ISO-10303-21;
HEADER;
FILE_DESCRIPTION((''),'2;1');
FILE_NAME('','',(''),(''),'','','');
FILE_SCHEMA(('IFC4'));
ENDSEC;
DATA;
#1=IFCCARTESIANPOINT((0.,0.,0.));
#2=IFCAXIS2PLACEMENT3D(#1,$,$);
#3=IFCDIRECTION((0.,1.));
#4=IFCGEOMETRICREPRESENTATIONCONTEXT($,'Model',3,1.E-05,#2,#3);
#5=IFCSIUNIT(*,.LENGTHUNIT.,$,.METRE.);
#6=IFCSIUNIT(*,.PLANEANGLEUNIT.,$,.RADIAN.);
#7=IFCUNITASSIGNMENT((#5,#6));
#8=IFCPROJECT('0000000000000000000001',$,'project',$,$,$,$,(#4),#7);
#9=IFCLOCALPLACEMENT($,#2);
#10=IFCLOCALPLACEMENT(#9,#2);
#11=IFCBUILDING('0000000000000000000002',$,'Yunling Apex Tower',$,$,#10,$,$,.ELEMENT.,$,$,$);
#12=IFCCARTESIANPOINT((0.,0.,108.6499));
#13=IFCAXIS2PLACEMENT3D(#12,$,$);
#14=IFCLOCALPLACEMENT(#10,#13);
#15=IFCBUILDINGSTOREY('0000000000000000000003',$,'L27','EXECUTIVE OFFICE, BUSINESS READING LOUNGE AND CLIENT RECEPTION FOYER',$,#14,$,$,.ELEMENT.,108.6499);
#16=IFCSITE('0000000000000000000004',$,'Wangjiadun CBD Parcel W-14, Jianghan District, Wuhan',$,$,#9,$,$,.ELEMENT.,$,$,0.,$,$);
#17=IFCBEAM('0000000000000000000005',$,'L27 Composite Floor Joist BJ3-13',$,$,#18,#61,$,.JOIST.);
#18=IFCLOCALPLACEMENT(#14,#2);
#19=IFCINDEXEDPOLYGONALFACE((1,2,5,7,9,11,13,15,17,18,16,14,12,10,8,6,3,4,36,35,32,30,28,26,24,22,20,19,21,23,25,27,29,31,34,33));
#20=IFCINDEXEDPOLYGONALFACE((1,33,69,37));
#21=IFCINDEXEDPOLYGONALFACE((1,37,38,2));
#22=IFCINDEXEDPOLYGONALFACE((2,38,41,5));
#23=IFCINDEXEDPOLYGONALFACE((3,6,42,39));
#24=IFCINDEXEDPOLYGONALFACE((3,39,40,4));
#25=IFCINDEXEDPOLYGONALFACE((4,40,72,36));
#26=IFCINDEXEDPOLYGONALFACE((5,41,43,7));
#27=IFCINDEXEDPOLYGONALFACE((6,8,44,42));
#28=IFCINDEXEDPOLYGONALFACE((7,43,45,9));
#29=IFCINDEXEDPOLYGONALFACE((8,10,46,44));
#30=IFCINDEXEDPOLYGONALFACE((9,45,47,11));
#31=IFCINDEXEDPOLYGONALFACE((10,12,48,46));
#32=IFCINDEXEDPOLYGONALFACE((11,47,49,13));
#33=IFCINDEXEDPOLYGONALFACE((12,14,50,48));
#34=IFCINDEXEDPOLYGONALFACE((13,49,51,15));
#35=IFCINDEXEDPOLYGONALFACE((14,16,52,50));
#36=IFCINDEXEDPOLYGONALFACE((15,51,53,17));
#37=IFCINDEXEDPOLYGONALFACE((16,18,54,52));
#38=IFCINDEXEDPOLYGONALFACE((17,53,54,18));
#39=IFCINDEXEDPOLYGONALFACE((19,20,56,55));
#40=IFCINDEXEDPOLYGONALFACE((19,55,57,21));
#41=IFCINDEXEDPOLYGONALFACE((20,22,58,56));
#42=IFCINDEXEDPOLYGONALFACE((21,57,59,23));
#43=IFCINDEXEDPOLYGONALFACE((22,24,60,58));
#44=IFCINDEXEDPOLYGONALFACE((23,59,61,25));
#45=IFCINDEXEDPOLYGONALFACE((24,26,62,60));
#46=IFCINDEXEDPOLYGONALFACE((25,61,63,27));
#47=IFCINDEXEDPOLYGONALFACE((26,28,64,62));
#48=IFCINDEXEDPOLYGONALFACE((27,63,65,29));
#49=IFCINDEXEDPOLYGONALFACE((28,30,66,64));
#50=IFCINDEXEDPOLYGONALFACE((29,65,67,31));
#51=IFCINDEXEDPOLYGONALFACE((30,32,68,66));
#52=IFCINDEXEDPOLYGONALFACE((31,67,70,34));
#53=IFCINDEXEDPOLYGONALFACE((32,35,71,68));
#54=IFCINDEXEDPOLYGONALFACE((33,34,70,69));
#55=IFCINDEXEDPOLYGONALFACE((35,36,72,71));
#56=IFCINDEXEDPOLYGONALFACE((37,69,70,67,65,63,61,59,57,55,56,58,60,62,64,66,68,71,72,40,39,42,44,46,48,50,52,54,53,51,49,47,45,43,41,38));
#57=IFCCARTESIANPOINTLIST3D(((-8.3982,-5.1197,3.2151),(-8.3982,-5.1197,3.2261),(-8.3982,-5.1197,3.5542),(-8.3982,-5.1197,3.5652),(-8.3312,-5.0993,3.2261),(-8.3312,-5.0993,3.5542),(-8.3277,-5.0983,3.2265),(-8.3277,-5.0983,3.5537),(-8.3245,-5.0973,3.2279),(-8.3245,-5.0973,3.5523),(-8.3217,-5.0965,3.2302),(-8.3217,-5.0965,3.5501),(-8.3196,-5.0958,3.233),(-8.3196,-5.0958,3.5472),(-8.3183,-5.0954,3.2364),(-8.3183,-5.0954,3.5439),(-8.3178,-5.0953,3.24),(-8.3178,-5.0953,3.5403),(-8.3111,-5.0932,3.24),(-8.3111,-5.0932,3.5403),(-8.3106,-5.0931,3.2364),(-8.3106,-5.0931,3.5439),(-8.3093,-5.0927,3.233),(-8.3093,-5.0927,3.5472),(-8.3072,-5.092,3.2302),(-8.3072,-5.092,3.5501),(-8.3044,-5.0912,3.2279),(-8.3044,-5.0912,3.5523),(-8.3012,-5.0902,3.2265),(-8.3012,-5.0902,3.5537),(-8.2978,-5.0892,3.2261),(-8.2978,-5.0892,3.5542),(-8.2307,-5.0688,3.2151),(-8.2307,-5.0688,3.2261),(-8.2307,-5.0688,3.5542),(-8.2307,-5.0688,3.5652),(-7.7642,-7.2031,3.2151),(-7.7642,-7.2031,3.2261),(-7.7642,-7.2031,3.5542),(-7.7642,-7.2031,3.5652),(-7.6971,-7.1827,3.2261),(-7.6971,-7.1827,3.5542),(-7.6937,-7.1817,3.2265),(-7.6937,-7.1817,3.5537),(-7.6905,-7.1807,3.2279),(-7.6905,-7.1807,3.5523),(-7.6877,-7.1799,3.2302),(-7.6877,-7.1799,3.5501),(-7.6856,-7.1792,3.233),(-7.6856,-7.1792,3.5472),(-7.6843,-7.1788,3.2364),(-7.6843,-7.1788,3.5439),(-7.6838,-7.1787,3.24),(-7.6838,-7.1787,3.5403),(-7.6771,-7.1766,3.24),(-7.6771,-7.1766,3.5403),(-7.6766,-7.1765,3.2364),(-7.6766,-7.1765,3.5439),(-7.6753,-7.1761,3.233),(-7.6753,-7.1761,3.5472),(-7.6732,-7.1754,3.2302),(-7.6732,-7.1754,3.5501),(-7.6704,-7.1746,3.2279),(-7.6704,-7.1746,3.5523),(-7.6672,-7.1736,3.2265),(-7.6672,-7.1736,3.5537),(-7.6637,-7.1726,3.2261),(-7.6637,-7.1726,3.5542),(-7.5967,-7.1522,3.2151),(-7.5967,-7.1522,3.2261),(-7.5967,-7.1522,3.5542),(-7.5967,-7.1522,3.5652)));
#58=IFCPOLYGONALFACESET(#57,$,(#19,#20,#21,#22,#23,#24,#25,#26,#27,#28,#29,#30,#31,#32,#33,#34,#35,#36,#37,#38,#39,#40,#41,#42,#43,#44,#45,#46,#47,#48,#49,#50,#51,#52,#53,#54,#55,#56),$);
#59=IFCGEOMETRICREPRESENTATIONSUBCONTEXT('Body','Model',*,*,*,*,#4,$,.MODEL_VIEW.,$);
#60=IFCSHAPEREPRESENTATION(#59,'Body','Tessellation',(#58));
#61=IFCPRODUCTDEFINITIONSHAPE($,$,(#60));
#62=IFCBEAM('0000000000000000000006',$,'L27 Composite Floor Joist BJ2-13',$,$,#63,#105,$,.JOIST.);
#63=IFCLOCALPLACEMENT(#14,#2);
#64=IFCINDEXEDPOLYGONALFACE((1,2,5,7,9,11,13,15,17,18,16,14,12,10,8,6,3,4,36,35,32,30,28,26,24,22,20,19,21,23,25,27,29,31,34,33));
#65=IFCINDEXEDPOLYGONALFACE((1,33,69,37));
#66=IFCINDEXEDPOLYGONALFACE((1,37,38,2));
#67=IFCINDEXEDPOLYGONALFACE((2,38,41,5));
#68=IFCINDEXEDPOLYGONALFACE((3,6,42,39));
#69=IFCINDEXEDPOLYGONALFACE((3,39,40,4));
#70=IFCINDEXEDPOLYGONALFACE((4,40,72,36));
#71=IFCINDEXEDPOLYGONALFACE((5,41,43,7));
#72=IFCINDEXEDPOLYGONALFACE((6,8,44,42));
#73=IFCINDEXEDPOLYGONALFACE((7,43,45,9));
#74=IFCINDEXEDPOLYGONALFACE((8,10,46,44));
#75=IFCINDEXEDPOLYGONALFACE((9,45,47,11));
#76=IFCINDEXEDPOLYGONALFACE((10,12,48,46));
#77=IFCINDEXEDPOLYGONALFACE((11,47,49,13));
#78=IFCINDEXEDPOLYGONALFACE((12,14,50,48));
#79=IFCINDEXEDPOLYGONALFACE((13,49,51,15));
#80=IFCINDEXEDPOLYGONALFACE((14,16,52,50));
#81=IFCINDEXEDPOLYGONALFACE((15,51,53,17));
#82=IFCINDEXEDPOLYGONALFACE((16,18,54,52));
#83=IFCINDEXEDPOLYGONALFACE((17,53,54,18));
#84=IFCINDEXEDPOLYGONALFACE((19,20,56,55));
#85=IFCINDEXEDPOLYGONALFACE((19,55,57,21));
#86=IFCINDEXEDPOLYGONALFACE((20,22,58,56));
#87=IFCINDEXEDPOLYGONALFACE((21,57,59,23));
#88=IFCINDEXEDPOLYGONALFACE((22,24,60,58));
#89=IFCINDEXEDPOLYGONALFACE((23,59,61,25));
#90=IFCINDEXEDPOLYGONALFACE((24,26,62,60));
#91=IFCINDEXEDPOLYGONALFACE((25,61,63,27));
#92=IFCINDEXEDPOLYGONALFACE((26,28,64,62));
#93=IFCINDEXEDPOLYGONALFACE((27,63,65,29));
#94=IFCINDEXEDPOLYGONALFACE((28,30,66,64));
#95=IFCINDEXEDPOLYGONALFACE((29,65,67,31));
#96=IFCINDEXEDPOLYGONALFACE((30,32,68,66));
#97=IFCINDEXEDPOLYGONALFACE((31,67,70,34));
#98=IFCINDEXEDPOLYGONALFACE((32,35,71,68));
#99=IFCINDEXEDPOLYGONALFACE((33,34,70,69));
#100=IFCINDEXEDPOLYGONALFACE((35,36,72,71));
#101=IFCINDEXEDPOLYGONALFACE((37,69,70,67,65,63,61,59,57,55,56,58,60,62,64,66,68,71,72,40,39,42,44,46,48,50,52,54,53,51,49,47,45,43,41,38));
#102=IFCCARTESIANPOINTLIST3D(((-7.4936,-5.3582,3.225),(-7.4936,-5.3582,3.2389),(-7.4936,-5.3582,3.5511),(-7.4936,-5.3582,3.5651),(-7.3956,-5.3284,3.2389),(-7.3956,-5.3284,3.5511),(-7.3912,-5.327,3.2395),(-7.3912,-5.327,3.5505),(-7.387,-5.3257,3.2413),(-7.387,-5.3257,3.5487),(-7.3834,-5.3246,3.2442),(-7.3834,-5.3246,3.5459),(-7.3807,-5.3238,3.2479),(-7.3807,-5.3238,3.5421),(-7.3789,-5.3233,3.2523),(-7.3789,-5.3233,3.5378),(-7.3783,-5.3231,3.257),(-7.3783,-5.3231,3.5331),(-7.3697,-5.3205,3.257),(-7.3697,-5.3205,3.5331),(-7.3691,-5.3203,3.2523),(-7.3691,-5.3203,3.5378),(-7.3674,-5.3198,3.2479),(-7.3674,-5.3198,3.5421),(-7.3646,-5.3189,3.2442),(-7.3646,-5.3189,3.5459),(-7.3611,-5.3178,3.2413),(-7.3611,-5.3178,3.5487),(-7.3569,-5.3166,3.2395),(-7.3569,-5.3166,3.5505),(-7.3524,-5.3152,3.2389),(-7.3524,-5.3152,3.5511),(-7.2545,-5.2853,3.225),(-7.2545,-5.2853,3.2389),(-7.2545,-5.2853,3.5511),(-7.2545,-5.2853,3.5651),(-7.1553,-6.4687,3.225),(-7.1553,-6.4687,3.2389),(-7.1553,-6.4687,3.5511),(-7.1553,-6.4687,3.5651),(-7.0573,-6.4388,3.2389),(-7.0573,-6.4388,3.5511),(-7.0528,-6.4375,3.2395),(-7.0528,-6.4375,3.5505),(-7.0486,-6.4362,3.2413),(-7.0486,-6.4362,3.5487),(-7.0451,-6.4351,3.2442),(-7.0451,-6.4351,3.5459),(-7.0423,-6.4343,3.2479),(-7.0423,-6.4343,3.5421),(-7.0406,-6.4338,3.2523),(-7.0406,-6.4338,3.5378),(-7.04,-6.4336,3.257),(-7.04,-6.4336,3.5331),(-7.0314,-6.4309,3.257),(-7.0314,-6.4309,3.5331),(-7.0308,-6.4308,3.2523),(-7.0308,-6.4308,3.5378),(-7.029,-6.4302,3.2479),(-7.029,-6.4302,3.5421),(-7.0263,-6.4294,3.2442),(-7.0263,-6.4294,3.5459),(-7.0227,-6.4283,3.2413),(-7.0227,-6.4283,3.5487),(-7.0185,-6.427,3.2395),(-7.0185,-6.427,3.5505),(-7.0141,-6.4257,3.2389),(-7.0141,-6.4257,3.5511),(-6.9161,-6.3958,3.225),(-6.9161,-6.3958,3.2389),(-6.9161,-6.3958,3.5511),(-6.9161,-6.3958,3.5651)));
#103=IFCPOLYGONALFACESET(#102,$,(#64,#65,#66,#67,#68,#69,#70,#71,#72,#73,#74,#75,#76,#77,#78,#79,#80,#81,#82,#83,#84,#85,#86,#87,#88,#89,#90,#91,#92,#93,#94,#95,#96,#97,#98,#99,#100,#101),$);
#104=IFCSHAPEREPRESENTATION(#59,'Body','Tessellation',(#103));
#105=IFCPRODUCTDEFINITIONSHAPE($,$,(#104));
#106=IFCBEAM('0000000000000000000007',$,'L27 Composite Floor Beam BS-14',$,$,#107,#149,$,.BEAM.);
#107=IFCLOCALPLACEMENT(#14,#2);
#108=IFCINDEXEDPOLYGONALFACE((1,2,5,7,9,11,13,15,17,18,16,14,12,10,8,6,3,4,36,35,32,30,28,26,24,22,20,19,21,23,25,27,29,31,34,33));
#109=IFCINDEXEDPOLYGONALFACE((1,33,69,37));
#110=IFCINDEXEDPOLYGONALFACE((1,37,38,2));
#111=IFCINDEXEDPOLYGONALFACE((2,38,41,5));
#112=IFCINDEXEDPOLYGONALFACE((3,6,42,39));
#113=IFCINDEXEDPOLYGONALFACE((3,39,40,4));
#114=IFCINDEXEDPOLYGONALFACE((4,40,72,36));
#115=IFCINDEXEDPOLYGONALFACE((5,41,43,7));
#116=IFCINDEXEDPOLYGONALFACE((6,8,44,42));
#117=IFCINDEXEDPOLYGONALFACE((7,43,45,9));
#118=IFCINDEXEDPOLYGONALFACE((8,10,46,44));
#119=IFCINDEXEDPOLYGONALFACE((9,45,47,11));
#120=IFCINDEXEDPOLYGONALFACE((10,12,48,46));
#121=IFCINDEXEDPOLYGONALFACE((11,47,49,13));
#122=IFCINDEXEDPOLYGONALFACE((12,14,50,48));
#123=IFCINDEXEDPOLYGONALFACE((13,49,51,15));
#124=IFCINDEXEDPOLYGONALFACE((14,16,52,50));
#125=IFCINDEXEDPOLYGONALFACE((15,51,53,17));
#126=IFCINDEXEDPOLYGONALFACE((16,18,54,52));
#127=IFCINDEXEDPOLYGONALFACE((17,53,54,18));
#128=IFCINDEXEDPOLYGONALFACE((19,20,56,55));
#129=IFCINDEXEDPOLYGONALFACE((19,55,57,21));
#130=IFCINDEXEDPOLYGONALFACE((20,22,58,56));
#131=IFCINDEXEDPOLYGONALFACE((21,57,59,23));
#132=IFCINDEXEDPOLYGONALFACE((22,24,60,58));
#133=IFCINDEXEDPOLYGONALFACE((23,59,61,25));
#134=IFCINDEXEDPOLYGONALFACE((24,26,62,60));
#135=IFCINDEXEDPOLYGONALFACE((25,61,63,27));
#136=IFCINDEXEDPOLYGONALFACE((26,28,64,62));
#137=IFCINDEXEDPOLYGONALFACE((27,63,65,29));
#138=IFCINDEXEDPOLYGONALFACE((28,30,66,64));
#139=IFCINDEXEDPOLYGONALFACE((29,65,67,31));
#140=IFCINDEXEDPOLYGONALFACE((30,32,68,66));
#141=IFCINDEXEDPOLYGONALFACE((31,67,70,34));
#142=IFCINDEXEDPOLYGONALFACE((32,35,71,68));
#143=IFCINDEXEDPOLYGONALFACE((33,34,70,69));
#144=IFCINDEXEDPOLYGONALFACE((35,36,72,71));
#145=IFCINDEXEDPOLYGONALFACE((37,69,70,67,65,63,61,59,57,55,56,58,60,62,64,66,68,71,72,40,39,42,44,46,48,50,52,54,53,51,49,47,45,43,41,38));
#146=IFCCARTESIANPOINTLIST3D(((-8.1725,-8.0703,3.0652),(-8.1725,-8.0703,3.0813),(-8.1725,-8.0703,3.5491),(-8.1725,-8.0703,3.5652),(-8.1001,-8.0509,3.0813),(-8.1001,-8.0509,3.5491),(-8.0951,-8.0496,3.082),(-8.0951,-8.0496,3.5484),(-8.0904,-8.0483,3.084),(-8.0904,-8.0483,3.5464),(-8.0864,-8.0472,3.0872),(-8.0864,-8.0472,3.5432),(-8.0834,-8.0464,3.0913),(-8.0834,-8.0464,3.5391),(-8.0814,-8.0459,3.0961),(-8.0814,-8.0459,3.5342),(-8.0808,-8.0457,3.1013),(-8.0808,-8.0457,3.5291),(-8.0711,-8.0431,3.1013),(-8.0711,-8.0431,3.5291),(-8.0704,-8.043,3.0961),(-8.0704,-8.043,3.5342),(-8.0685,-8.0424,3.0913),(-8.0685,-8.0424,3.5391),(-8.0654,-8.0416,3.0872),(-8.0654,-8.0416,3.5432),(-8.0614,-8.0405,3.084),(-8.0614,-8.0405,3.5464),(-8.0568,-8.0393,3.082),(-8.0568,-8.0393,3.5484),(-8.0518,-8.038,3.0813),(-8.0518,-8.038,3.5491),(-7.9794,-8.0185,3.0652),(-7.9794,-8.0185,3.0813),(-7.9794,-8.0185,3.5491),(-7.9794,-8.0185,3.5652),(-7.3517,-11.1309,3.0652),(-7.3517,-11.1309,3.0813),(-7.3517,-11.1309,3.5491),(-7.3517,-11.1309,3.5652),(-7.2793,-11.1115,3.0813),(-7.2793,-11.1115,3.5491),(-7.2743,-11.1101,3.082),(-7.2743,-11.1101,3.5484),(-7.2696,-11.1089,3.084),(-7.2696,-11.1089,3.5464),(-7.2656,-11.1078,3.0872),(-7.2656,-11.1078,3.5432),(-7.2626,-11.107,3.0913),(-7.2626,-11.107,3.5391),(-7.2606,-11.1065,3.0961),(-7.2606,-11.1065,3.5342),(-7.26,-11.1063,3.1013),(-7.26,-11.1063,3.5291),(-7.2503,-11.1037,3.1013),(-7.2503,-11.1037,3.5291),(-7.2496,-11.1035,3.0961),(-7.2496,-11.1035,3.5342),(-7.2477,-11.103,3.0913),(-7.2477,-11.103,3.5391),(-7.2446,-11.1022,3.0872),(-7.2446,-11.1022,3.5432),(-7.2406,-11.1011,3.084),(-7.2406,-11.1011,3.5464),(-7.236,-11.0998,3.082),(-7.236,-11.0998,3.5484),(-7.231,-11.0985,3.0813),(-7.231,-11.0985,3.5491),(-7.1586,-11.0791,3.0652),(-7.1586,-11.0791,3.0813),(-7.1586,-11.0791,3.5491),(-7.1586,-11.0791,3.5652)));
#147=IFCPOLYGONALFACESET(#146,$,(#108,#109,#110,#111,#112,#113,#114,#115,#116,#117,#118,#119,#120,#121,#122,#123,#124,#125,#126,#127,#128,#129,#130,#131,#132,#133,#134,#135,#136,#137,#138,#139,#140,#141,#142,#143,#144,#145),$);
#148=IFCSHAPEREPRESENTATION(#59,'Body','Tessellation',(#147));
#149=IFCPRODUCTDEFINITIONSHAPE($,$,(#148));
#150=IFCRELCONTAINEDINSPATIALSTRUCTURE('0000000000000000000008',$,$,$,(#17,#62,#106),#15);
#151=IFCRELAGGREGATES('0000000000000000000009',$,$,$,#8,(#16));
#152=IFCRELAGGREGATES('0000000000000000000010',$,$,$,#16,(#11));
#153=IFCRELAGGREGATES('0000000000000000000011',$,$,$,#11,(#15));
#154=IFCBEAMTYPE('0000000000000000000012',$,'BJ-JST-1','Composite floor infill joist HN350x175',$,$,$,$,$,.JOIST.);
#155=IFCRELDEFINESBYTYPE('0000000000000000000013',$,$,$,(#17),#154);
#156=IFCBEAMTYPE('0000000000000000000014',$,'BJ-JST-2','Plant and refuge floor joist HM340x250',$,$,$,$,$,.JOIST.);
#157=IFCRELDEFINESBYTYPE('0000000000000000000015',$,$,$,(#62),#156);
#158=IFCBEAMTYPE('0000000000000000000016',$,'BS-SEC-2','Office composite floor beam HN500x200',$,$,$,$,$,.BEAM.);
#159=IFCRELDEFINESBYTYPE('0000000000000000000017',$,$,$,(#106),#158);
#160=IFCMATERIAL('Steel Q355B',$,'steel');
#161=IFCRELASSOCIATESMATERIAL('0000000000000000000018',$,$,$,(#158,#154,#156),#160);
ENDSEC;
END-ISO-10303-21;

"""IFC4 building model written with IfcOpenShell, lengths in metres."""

from ifc_helpers import new_model, si_unit, direction, frame, origin, origin_2d, place, context, subcontext, project, spatial, i_section, extrude, source, transform, mapped, material, material_profile, profile_set, type_object, element, save


model = new_model("IFC4")

# Units and contexts
model_context = context("Model", 3, precision=1e-05, world=origin(), true_north=direction((0.0, 1.0)))
body_context = subcontext(model_context, "Body", "Model", "MODEL_VIEW")
ifc_project = project(units=[si_unit("LENGTHUNIT", "METRE"), si_unit("PLANEANGLEUNIT", "RADIAN")], contexts=[model_context])

# Site, building, storey
site_placement = place(None, origin())
site = spatial("IfcSite", under=ifc_project, at=site_placement, Name="Wangjiadun CBD Parcel W-14, Jianghan District, Wuhan", CompositionType="ELEMENT", RefElevation=0.0)
building_placement = place(site_placement, origin())
building = spatial("IfcBuilding", under=site, at=building_placement, Name="Yunling Apex Tower", CompositionType="ELEMENT")
storey_placement = place(building_placement, frame((0.0, 0.0, 108.6499)))
storey = spatial("IfcBuildingStorey", under=building, at=storey_placement, Name="L27", Description="EXECUTIVE OFFICE, BUSINESS READING LOUNGE AND CLIENT RECEPTION FOYER", CompositionType="ELEMENT", Elevation=108.6499)

# Beams
ifc_material_1 = material(Name="Steel Q355B", Category="steel")
ifc_material_profile_1 = material_profile(ifc_material_1, i_section(OverallWidth=0.2, OverallDepth=0.5, WebThickness=0.01, FlangeThickness=0.0161, FilletRadius=0.02, at=origin_2d()))
ifc_profile_set_1 = profile_set([ifc_material_profile_1], Name="Steel Q355B")
beam_type_1 = type_object("IfcBeamType", Name="BS-SEC-2", Description="Office composite floor beam HN500x200", PredefinedType="BEAM", material=ifc_profile_set_1)
ifc_material_profile_2 = material_profile(ifc_material_1, i_section(OverallWidth=0.175, OverallDepth=0.3501, WebThickness=0.0071, FlangeThickness=0.011, FilletRadius=0.0139, at=origin_2d()))
ifc_profile_set_2 = profile_set([ifc_material_profile_2], Name="Steel Q355B")
beam_type_2 = type_object("IfcBeamType", Name="BJ-JST-1", Description="Composite floor infill joist HN350x175", PredefinedType="JOIST", material=ifc_profile_set_2)
shared_shape_1 = source(origin(), body_context, "Body", "SweptSolid", [
    extrude(i_section(OverallWidth=0.175, OverallDepth=0.3501, WebThickness=0.0071, FlangeThickness=0.011, FilletRadius=0.0139, at=origin_2d()), origin(), (0.0, 0.0, 1.0), 2.1777),
])
beam_1_placement = place(storey_placement, frame((-8.3145, -5.0942, 3.3901), z_axis=(0.29113, -0.956683, 0.0), x_axis=(0.956683, 0.29113, 0.0)))
element("IfcBeam", 1, at=beam_1_placement, inside=storey, type_object=beam_type_2, Name="L27 Composite Floor Joist BJ3-13", PredefinedType="JOIST", context=body_context, shape_type="MappedRepresentation", body=[
    mapped(shared_shape_1, transform((0.0, 0.0, 0.0), scale=1.0)),
])
ifc_material_profile_3 = material_profile(ifc_material_1, i_section(OverallWidth=0.25, OverallDepth=0.3401, WebThickness=0.009, FlangeThickness=0.0139, FilletRadius=0.0181, at=origin_2d()))
ifc_profile_set_3 = profile_set([ifc_material_profile_3], Name="Steel Q355B")
beam_type_3 = type_object("IfcBeamType", Name="BJ-JST-2", Description="Plant and refuge floor joist HM340x250", PredefinedType="JOIST", material=ifc_profile_set_3)
shared_shape_2 = source(origin(), body_context, "Body", "SweptSolid", [
    extrude(i_section(OverallWidth=0.25, OverallDepth=0.3401, WebThickness=0.009, FlangeThickness=0.0139, FilletRadius=0.0181, at=origin_2d()), origin(), (0.0, 0.0, 1.0), 1.1609),
])
beam_2_placement = place(storey_placement, frame((-7.374, -5.3218, 3.395), z_axis=(0.291454, -0.956585, 0.0), x_axis=(0.956585, 0.291454, 0.0)))
element("IfcBeam", 2, at=beam_2_placement, inside=storey, type_object=beam_type_3, Name="L27 Composite Floor Joist BJ2-13", PredefinedType="JOIST", context=body_context, shape_type="MappedRepresentation", body=[
    mapped(shared_shape_2, transform((0.0, 0.0, 0.0), scale=1.0)),
])
shared_shape_3 = source(origin(), body_context, "Body", "SweptSolid", [
    extrude(i_section(OverallWidth=0.2, OverallDepth=0.5, WebThickness=0.01, FlangeThickness=0.0161, FilletRadius=0.02, at=origin_2d()), origin(), (0.0, 0.0, 1.0), 3.1687),
])
beam_3_placement = place(storey_placement, frame((-8.0759, -8.0444, 3.3152), z_axis=(0.259034, -0.965868, 0.0), x_axis=(0.965868, 0.259034, 0.0)))
element("IfcBeam", 3, at=beam_3_placement, inside=storey, type_object=beam_type_1, Name="L27 Composite Floor Beam BS-14", PredefinedType="BEAM", context=body_context, shape_type="MappedRepresentation", body=[
    mapped(shared_shape_3, transform((0.0, 0.0, 0.0), scale=1.0)),
])

save(model, "model.ifc")
